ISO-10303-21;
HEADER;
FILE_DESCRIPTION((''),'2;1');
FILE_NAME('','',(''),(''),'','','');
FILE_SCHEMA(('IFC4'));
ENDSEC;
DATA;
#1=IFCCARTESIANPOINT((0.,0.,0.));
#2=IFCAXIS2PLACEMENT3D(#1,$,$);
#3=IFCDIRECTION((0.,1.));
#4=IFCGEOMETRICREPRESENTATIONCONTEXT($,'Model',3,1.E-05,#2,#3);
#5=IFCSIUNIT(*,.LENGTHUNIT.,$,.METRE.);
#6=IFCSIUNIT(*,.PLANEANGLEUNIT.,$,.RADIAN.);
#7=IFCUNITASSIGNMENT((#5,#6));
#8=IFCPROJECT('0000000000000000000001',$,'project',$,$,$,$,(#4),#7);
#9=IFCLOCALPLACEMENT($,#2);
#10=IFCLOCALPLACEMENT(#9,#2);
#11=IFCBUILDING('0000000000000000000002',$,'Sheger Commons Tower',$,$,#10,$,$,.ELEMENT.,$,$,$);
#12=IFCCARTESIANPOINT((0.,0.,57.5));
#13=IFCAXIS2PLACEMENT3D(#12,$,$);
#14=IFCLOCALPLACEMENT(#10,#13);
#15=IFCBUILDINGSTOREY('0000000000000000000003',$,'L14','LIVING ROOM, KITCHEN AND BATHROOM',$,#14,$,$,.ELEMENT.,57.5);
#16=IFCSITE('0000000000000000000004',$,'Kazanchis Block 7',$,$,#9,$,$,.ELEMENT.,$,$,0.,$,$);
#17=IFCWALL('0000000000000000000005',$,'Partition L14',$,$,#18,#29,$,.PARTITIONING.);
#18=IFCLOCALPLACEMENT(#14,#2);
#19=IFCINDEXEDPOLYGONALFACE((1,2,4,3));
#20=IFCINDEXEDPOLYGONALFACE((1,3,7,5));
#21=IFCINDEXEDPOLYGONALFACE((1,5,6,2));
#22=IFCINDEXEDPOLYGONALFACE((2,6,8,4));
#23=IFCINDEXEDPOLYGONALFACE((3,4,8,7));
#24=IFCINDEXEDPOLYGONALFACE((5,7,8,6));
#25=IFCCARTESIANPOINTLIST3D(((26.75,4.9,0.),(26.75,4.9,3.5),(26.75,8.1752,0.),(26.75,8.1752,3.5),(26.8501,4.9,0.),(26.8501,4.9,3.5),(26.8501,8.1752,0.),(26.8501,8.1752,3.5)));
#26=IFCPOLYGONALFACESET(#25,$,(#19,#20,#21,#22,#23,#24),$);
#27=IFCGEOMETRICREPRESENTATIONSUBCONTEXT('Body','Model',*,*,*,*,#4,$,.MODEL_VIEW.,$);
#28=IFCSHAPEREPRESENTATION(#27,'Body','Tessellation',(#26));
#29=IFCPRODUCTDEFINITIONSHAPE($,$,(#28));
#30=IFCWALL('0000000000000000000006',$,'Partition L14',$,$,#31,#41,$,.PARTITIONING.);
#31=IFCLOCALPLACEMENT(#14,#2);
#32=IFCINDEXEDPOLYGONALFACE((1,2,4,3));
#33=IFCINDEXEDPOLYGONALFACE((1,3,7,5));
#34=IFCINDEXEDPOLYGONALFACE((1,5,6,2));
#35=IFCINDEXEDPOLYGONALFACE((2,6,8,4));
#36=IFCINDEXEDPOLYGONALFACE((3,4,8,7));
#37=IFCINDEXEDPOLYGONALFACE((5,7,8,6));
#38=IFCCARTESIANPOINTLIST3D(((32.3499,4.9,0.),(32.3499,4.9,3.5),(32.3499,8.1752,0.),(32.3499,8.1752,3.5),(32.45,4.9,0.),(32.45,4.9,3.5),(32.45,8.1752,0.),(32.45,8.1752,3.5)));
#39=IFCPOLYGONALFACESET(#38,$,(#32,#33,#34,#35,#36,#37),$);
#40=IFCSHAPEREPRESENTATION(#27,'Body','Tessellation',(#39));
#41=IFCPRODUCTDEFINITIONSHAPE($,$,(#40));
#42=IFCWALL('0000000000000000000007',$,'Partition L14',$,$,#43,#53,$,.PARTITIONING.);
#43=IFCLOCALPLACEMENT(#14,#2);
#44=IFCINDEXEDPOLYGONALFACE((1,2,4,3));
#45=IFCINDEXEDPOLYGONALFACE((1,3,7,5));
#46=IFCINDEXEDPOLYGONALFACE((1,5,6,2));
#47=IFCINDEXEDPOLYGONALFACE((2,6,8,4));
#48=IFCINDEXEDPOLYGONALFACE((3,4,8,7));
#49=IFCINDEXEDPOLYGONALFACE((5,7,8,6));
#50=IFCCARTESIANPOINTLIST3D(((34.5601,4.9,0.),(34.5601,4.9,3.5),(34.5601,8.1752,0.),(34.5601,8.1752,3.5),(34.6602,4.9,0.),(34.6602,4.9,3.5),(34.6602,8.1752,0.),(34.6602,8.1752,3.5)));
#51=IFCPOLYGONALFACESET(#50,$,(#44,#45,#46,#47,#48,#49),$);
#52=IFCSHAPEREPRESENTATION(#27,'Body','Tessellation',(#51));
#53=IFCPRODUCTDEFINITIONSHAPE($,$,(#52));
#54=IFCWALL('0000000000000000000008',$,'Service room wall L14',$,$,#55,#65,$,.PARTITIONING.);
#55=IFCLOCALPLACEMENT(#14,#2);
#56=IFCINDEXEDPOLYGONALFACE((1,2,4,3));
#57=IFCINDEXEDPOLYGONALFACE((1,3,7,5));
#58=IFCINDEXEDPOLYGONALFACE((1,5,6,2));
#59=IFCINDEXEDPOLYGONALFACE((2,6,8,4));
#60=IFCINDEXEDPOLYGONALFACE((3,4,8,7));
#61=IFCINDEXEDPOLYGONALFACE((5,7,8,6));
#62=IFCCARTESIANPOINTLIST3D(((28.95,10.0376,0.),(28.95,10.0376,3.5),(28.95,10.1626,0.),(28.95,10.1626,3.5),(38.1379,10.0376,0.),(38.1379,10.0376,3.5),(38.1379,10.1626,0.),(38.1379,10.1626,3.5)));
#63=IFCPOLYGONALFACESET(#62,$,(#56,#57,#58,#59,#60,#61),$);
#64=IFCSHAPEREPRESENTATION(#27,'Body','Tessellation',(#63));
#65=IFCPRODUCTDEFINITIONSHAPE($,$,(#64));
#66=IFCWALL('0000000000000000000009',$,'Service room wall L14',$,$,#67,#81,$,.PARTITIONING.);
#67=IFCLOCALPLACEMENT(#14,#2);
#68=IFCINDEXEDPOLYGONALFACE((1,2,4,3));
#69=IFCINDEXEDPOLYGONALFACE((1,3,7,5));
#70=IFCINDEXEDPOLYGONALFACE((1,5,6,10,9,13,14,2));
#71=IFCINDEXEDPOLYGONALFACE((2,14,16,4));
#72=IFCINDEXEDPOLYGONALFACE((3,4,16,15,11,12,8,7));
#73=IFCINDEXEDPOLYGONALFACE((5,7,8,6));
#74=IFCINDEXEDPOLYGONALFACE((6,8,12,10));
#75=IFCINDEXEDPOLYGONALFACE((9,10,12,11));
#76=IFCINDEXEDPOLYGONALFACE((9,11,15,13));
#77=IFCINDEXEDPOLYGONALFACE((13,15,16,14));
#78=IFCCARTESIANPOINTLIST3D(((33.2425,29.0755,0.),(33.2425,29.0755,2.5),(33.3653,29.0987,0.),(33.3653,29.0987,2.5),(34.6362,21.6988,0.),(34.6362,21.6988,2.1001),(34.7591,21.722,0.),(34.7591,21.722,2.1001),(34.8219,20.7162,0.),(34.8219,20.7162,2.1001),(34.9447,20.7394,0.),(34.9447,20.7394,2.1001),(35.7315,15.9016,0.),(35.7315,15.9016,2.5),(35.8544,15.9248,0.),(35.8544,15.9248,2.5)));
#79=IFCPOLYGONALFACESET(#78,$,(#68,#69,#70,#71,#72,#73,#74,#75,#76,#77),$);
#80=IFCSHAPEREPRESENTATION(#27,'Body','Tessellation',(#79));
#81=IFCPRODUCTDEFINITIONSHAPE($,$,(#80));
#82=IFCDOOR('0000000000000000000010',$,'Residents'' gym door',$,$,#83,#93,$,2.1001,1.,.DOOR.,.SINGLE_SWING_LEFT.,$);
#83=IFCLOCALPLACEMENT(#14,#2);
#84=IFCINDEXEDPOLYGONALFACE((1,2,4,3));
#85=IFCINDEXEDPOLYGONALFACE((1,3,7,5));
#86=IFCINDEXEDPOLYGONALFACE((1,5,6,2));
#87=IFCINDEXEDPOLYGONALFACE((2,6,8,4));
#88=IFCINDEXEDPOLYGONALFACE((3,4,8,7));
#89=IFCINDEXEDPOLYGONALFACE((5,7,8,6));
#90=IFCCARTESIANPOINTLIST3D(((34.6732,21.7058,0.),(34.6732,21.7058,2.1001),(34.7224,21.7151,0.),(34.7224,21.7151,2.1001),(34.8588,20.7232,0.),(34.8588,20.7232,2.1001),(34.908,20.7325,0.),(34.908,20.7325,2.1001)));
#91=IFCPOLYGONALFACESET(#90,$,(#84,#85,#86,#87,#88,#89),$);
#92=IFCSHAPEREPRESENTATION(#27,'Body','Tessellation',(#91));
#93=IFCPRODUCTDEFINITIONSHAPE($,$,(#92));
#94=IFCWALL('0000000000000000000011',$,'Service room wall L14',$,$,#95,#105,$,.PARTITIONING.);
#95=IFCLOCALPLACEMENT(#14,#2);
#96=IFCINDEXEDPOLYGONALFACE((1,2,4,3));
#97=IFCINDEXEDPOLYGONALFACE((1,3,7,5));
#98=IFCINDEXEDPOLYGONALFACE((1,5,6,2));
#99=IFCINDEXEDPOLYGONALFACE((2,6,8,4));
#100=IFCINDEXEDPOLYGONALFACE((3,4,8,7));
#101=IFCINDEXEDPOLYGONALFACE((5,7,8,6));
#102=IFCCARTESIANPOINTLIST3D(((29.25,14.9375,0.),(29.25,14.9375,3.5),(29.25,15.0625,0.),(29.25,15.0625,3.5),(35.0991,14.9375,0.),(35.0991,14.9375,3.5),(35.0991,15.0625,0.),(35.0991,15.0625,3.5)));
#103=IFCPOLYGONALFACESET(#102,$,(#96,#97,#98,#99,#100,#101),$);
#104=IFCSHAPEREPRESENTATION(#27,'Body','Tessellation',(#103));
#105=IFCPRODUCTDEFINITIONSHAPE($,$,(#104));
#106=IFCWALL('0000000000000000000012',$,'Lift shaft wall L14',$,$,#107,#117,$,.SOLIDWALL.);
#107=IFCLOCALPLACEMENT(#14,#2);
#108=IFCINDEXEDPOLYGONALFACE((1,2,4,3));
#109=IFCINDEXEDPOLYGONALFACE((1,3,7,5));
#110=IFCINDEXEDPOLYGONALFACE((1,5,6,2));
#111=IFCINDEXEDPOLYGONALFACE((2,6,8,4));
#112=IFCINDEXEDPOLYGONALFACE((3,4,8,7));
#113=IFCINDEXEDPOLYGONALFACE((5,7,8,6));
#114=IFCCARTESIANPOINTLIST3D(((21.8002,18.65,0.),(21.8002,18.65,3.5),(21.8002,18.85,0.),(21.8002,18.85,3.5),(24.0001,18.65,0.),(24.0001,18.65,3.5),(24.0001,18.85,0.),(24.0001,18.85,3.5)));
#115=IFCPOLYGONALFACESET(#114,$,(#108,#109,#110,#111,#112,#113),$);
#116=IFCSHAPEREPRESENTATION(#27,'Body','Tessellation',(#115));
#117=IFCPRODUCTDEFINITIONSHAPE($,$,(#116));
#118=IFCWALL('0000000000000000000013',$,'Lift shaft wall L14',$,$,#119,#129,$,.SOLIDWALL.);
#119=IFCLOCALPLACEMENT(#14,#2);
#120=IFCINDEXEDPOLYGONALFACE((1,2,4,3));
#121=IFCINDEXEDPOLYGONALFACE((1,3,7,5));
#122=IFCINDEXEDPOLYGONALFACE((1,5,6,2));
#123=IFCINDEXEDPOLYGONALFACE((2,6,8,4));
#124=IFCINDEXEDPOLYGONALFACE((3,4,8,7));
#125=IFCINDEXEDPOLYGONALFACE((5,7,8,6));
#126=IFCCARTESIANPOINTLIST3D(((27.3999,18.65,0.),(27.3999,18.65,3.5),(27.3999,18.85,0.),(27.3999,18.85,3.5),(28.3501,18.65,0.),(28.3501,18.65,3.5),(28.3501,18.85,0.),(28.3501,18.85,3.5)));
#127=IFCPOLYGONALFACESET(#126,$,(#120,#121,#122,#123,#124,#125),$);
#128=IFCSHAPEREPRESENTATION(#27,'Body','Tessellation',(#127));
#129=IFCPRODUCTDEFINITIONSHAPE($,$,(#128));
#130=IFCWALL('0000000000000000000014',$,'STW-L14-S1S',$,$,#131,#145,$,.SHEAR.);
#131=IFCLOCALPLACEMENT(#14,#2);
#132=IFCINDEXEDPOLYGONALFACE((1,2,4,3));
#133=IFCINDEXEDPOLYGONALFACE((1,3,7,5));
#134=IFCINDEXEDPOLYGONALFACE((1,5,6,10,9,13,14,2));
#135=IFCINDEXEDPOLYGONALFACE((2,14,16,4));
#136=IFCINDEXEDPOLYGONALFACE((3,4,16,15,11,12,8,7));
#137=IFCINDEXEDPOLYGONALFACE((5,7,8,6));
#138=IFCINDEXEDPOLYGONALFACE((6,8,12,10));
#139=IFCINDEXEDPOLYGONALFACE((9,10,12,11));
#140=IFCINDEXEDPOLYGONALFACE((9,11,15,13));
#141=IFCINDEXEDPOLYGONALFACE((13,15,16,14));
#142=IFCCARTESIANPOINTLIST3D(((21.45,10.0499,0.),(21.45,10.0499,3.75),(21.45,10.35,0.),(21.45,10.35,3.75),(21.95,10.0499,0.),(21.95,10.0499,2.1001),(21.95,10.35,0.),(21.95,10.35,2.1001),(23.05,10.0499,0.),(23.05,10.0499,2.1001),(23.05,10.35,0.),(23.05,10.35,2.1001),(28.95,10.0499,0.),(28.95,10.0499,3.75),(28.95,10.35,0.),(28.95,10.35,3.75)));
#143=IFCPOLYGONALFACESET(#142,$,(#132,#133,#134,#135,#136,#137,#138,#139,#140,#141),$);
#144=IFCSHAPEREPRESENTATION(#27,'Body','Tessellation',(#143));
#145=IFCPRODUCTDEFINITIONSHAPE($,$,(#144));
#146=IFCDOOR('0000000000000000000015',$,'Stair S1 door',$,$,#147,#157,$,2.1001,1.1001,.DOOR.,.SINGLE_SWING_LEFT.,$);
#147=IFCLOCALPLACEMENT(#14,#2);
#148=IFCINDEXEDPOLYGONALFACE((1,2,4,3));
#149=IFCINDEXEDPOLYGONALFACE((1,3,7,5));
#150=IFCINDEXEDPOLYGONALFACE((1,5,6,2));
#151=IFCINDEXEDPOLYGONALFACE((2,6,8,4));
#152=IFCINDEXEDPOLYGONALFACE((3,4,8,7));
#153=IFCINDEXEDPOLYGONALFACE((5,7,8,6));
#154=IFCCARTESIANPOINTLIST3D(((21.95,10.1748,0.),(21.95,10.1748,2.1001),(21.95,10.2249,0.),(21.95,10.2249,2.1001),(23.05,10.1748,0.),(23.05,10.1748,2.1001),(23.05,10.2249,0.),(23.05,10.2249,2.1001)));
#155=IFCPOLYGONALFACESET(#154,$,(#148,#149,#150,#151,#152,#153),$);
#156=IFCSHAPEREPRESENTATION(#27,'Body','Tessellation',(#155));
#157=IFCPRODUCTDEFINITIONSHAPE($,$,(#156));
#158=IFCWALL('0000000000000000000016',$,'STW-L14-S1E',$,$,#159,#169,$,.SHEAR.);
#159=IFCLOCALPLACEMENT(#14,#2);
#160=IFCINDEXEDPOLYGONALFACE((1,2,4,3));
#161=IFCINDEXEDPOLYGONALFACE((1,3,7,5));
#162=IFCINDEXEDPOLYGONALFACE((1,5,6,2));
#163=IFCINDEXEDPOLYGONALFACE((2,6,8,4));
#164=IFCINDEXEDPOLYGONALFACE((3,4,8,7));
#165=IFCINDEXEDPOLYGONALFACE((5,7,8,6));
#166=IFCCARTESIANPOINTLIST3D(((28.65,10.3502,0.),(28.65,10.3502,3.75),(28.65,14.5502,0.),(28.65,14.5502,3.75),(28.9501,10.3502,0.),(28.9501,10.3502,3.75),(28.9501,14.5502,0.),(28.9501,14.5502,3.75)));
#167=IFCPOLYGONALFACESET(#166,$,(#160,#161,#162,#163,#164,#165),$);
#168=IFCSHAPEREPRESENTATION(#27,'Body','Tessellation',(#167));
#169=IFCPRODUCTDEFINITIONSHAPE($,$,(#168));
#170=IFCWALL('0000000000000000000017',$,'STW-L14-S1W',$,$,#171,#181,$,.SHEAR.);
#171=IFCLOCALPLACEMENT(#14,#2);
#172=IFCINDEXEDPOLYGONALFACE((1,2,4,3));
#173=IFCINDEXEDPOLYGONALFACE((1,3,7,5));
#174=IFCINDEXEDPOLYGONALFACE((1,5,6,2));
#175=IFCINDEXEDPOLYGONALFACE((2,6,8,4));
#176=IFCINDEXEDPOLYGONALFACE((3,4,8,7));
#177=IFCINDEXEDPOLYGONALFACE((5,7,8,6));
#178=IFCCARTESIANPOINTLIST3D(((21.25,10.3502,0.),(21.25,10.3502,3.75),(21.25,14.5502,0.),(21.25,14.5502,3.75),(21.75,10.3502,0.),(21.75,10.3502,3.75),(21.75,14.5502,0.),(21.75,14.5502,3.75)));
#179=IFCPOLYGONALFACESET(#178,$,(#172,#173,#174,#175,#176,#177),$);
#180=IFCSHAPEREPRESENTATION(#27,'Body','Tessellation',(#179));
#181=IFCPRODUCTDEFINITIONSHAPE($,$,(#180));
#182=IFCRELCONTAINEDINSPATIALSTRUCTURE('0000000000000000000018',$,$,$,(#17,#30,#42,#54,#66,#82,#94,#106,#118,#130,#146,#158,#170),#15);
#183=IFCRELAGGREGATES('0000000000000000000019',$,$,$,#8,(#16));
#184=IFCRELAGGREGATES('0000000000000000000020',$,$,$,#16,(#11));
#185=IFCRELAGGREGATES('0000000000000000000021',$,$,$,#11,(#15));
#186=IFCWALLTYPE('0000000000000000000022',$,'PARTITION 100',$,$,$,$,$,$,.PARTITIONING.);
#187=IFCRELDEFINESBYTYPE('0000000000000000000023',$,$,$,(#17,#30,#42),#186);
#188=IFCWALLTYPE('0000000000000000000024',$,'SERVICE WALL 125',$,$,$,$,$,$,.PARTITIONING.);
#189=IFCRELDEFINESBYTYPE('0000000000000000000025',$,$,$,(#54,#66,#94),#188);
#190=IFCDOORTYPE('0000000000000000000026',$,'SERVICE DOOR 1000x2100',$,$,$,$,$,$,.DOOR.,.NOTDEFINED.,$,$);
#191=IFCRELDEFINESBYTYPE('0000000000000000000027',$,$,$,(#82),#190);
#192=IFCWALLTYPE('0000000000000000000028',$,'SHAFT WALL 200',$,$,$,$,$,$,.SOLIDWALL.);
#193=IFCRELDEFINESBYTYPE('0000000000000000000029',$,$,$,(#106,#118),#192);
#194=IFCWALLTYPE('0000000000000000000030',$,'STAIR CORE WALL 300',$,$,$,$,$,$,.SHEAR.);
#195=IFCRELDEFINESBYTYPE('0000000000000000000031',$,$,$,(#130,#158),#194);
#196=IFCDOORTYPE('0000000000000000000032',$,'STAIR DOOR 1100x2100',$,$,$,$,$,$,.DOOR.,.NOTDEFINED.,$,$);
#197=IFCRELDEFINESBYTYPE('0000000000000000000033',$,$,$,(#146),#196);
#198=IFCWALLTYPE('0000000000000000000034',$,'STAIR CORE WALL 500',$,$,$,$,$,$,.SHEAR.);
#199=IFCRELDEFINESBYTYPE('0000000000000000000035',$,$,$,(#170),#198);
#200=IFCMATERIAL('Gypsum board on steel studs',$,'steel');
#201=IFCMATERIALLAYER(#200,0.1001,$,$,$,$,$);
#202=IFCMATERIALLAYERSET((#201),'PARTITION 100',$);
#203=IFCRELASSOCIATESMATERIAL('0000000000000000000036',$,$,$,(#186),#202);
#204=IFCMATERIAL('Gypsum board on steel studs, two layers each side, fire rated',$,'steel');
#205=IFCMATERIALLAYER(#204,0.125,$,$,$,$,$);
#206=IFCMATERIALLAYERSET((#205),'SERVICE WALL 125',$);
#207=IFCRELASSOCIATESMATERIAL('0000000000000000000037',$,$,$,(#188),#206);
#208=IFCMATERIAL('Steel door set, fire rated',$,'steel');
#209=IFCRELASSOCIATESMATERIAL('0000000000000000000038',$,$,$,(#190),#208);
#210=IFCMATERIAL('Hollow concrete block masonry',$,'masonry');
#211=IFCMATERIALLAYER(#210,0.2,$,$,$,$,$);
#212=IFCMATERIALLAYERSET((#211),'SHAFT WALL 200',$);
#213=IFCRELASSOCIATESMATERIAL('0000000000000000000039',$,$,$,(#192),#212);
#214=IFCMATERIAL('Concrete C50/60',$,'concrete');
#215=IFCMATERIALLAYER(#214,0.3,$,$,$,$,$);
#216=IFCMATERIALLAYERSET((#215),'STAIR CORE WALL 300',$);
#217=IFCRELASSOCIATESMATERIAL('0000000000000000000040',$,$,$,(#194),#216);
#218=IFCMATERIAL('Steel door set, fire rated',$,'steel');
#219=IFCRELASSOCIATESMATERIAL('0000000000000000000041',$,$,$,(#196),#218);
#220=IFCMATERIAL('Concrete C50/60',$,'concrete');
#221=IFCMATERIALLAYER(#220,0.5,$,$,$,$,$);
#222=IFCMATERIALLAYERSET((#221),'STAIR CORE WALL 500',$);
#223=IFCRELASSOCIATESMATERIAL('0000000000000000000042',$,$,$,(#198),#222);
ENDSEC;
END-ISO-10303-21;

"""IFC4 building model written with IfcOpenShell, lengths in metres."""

from ifc_helpers import new_model, si_unit, direction, frame, frame_2d, origin, place, context, subcontext, project, spatial, rectangle, extrude, material, layer, layer_set, type_object, element, fill, save


model = new_model("IFC4")

# Units and contexts
model_context = context("Model", 3, precision=1e-05, world=origin(), true_north=direction((0.0, 1.0)))
body_context = subcontext(model_context, "Body", "Model", "MODEL_VIEW")
ifc_project = project(units=[si_unit("LENGTHUNIT", "METRE"), si_unit("PLANEANGLEUNIT", "RADIAN")], contexts=[model_context])

# Site, building, storey
site_placement = place(None, origin())
site = spatial("IfcSite", under=ifc_project, at=site_placement, Name="Kazanchis Block 7", CompositionType="ELEMENT", RefElevation=0.0)
building_placement = place(site_placement, origin())
building = spatial("IfcBuilding", under=site, at=building_placement, Name="Sheger Commons Tower", CompositionType="ELEMENT")
storey_placement = place(building_placement, frame((0.0, 0.0, 57.5)))
storey = spatial("IfcBuildingStorey", under=building, at=storey_placement, Name="L14", Description="LIVING ROOM, KITCHEN AND BATHROOM", CompositionType="ELEMENT", Elevation=57.5)

# Walls
ifc_material_1 = material(Name="Gypsum board on steel studs", Category="steel")
ifc_layer_1 = layer(ifc_material_1, 0.1001)
ifc_layer_set_1 = layer_set([ifc_layer_1], Name="PARTITION 100")
wall_type_1 = type_object("IfcWallType", Name="PARTITION 100", PredefinedType="PARTITIONING", material=ifc_layer_set_1)
for number, where, z_axis, x_axis, name in (
    (1, (26.8, 4.8999, 0.0), (0.0, 0.0, 1.0), (0.0, 1.0, 0.0), "Partition L14"),
    (2, (32.3999, 4.8999, 0.0), (0.0, 0.0, 1.0), (0.0, 1.0, 0.0), "Partition L14"),
    (3, (34.6101, 4.8999, 0.0), (0.0, 0.0, 1.0), (0.0, 1.0, 0.0), "Partition L14"),
):
    element("IfcWall", number, at=place(storey_placement, frame(where, z_axis=z_axis, x_axis=x_axis)), inside=storey, type_object=wall_type_1, Name=name, PredefinedType="PARTITIONING", context=body_context, shape_type="SweptSolid", body=[
        extrude(rectangle(XDim=3.2751, YDim=0.1001, at=frame_2d((1.6377, 0.0))), origin(), (0.0, 0.0, 1.0), 3.5),
    ])
ifc_material_2 = material(Name="Gypsum board on steel studs, two layers each side, fire rated", Category="steel")
ifc_layer_2 = layer(ifc_material_2, 0.125)
ifc_layer_set_2 = layer_set([ifc_layer_2], Name="SERVICE WALL 125")
wall_type_2 = type_object("IfcWallType", Name="SERVICE WALL 125", PredefinedType="PARTITIONING", material=ifc_layer_set_2)
wall_1_placement = place(storey_placement, frame((28.95, 10.1001, 0.0), z_axis=(0.0, 0.0, 1.0), x_axis=(1.0, 0.0, 0.0)))
element("IfcWall", 4, at=wall_1_placement, inside=storey, type_object=wall_type_2, Name="Service room wall L14", PredefinedType="PARTITIONING", context=body_context, shape_type="SweptSolid", body=[
    extrude(rectangle(XDim=9.188, YDim=0.125, at=frame_2d((4.594, 0.0))), origin(), (0.0, 0.0, 1.0), 3.5),
])

# Wall, opening, door
wall_2_placement = place(storey_placement, frame((35.793, 15.9131, 0.0), z_axis=(0.0, 0.0, 1.0), x_axis=(-0.185652, 0.982616, 0.0)))
wall_2 = element("IfcWall", 5, at=wall_2_placement, inside=storey, type_object=wall_type_2, Name="Service room wall L14", PredefinedType="PARTITIONING", context=body_context, shape_type="SweptSolid", body=[
    extrude(rectangle(XDim=13.407, YDim=0.125, at=frame_2d((6.7036, 0.0))), origin(), (0.0, 0.0, 1.0), 2.5),
])
opening_1_placement = place(wall_2_placement, frame((4.8999, 0.0, 0.0)))
opening_1 = element("IfcOpeningElement", 6, at=opening_1_placement, cuts=wall_2, PredefinedType="OPENING", context=body_context, shape_type="SweptSolid", body=[
    extrude(rectangle(XDim=1.0, YDim=2.1001, at=frame_2d((0.5, 1.05))), frame((0.0, 0.0725, 0.0), z_axis=(0.0, -1.0, 0.0), x_axis=(1.0, 0.0, 0.0)), (0.0, 0.0, 1.0), 0.145),
])
ifc_material_3 = material(Name="Steel door set, fire rated", Category="steel")
door_type_1 = type_object("IfcDoorType", Name="SERVICE DOOR 1000x2100", OperationType="NOTDEFINED", PredefinedType="DOOR", material=ifc_material_3)
door_1_placement = place(opening_1_placement, origin())
door_1 = element("IfcDoor", 7, at=door_1_placement, inside=storey, type_object=door_type_1, Name="Residents' gym door", OperationType="SINGLE_SWING_LEFT", OverallHeight=2.1001, OverallWidth=1.0, PredefinedType="DOOR", context=body_context, shape_type="SweptSolid", body=[
    extrude(rectangle(XDim=1.0, YDim=2.1001, at=frame_2d((0.5, 1.05))), frame((0.0, 0.0249, 0.0), z_axis=(0.0, -1.0, 0.0), x_axis=(1.0, 0.0, 0.0)), (0.0, 0.0, 1.0), 0.05),
])
fill(opening_1, door_1)

# Walls
wall_3_placement = place(storey_placement, frame((29.25, 15.0, 0.0), z_axis=(0.0, 0.0, 1.0), x_axis=(1.0, 0.0, 0.0)))
element("IfcWall", 8, at=wall_3_placement, inside=storey, type_object=wall_type_2, Name="Service room wall L14", PredefinedType="PARTITIONING", context=body_context, shape_type="SweptSolid", body=[
    extrude(rectangle(XDim=5.8491, YDim=0.125, at=frame_2d((2.9246, 0.0))), origin(), (0.0, 0.0, 1.0), 3.5),
])
ifc_material_4 = material(Name="Hollow concrete block masonry", Category="masonry")
ifc_layer_3 = layer(ifc_material_4, 0.2)
ifc_layer_set_3 = layer_set([ifc_layer_3], Name="SHAFT WALL 200")
wall_type_3 = type_object("IfcWallType", Name="SHAFT WALL 200", PredefinedType="SOLIDWALL", material=ifc_layer_set_3)
wall_4_placement = place(storey_placement, frame((21.8, 18.75, 0.0), z_axis=(0.0, 0.0, 1.0), x_axis=(1.0, 0.0, 0.0)))
element("IfcWall", 9, at=wall_4_placement, inside=storey, type_object=wall_type_3, Name="Lift shaft wall L14", PredefinedType="SOLIDWALL", context=body_context, shape_type="SweptSolid", body=[
    extrude(rectangle(XDim=2.2, YDim=0.2, at=frame_2d((1.1001, 0.0))), origin(), (0.0, 0.0, 1.0), 3.5),
])
wall_5_placement = place(storey_placement, frame((27.3999, 18.75, 0.0), z_axis=(0.0, 0.0, 1.0), x_axis=(1.0, 0.0, 0.0)))
element("IfcWall", 10, at=wall_5_placement, inside=storey, type_object=wall_type_3, Name="Lift shaft wall L14", PredefinedType="SOLIDWALL", context=body_context, shape_type="SweptSolid", body=[
    extrude(rectangle(XDim=0.9502, YDim=0.2, at=frame_2d((0.4751, 0.0))), origin(), (0.0, 0.0, 1.0), 3.5),
])

# Wall, opening, door
ifc_material_5 = material(Name="Concrete C50/60", Category="concrete")
ifc_layer_4 = layer(ifc_material_5, 0.3)
ifc_layer_set_4 = layer_set([ifc_layer_4], Name="STAIR CORE WALL 300")
wall_type_4 = type_object("IfcWallType", Name="STAIR CORE WALL 300", PredefinedType="SHEAR", material=ifc_layer_set_4)
wall_6_placement = place(storey_placement, frame((21.45, 10.2, 0.0), z_axis=(0.0, 0.0, 1.0), x_axis=(1.0, 0.0, 0.0)))
wall_6 = element("IfcWall", 11, at=wall_6_placement, inside=storey, type_object=wall_type_4, Name="STW-L14-S1S", PredefinedType="SHEAR", context=body_context, shape_type="SweptSolid", body=[
    extrude(rectangle(XDim=7.5, YDim=0.3, at=frame_2d((3.75, 0.0))), origin(), (0.0, 0.0, 1.0), 3.75),
])
opening_2_placement = place(wall_6_placement, frame((0.5, 0.0, 0.0)))
opening_2 = element("IfcOpeningElement", 12, at=opening_2_placement, cuts=wall_6, PredefinedType="OPENING", context=body_context, shape_type="SweptSolid", body=[
    extrude(rectangle(XDim=1.1001, YDim=2.1001, at=frame_2d((0.55, 1.05))), frame((0.0, 0.1599, 0.0), z_axis=(0.0, -1.0, 0.0), x_axis=(1.0, 0.0, 0.0)), (0.0, 0.0, 1.0), 0.3201),
])
ifc_material_6 = material(Name="Steel door set, fire rated", Category="steel")
door_type_2 = type_object("IfcDoorType", Name="STAIR DOOR 1100x2100", OperationType="NOTDEFINED", PredefinedType="DOOR", material=ifc_material_6)
door_2_placement = place(opening_2_placement, origin())
door_2 = element("IfcDoor", 13, at=door_2_placement, inside=storey, type_object=door_type_2, Name="Stair S1 door", OperationType="SINGLE_SWING_LEFT", OverallHeight=2.1001, OverallWidth=1.1001, PredefinedType="DOOR", context=body_context, shape_type="SweptSolid", body=[
    extrude(rectangle(XDim=1.1001, YDim=2.1001, at=frame_2d((0.55, 1.05))), frame((0.0, 0.0249, 0.0), z_axis=(0.0, -1.0, 0.0), x_axis=(1.0, 0.0, 0.0)), (0.0, 0.0, 1.0), 0.05),
])
fill(opening_2, door_2)

# Walls
wall_7_placement = place(storey_placement, frame((28.8, 10.3501, 0.0), z_axis=(0.0, 0.0, 1.0), x_axis=(0.0, 1.0, 0.0)))
element("IfcWall", 14, at=wall_7_placement, inside=storey, type_object=wall_type_4, Name="STW-L14-S1E", PredefinedType="SHEAR", context=body_context, shape_type="SweptSolid", body=[
    extrude(rectangle(XDim=4.2, YDim=0.3, at=frame_2d((2.1001, 0.0))), origin(), (0.0, 0.0, 1.0), 3.75),
])
ifc_material_7 = material(Name="Concrete C50/60", Category="concrete")
ifc_layer_5 = layer(ifc_material_7, 0.5)
ifc_layer_set_5 = layer_set([ifc_layer_5], Name="STAIR CORE WALL 500")
wall_type_5 = type_object("IfcWallType", Name="STAIR CORE WALL 500", PredefinedType="SHEAR", material=ifc_layer_set_5)
wall_8_placement = place(storey_placement, frame((21.5, 10.3501, 0.0), z_axis=(0.0, 0.0, 1.0), x_axis=(0.0, 1.0, 0.0)))
element("IfcWall", 15, at=wall_8_placement, inside=storey, type_object=wall_type_5, Name="STW-L14-S1W", PredefinedType="SHEAR", context=body_context, shape_type="SweptSolid", body=[
    extrude(rectangle(XDim=4.2, YDim=0.5, at=frame_2d((2.1001, 0.0))), origin(), (0.0, 0.0, 1.0), 3.75),
])

save(model, "model.ifc")
